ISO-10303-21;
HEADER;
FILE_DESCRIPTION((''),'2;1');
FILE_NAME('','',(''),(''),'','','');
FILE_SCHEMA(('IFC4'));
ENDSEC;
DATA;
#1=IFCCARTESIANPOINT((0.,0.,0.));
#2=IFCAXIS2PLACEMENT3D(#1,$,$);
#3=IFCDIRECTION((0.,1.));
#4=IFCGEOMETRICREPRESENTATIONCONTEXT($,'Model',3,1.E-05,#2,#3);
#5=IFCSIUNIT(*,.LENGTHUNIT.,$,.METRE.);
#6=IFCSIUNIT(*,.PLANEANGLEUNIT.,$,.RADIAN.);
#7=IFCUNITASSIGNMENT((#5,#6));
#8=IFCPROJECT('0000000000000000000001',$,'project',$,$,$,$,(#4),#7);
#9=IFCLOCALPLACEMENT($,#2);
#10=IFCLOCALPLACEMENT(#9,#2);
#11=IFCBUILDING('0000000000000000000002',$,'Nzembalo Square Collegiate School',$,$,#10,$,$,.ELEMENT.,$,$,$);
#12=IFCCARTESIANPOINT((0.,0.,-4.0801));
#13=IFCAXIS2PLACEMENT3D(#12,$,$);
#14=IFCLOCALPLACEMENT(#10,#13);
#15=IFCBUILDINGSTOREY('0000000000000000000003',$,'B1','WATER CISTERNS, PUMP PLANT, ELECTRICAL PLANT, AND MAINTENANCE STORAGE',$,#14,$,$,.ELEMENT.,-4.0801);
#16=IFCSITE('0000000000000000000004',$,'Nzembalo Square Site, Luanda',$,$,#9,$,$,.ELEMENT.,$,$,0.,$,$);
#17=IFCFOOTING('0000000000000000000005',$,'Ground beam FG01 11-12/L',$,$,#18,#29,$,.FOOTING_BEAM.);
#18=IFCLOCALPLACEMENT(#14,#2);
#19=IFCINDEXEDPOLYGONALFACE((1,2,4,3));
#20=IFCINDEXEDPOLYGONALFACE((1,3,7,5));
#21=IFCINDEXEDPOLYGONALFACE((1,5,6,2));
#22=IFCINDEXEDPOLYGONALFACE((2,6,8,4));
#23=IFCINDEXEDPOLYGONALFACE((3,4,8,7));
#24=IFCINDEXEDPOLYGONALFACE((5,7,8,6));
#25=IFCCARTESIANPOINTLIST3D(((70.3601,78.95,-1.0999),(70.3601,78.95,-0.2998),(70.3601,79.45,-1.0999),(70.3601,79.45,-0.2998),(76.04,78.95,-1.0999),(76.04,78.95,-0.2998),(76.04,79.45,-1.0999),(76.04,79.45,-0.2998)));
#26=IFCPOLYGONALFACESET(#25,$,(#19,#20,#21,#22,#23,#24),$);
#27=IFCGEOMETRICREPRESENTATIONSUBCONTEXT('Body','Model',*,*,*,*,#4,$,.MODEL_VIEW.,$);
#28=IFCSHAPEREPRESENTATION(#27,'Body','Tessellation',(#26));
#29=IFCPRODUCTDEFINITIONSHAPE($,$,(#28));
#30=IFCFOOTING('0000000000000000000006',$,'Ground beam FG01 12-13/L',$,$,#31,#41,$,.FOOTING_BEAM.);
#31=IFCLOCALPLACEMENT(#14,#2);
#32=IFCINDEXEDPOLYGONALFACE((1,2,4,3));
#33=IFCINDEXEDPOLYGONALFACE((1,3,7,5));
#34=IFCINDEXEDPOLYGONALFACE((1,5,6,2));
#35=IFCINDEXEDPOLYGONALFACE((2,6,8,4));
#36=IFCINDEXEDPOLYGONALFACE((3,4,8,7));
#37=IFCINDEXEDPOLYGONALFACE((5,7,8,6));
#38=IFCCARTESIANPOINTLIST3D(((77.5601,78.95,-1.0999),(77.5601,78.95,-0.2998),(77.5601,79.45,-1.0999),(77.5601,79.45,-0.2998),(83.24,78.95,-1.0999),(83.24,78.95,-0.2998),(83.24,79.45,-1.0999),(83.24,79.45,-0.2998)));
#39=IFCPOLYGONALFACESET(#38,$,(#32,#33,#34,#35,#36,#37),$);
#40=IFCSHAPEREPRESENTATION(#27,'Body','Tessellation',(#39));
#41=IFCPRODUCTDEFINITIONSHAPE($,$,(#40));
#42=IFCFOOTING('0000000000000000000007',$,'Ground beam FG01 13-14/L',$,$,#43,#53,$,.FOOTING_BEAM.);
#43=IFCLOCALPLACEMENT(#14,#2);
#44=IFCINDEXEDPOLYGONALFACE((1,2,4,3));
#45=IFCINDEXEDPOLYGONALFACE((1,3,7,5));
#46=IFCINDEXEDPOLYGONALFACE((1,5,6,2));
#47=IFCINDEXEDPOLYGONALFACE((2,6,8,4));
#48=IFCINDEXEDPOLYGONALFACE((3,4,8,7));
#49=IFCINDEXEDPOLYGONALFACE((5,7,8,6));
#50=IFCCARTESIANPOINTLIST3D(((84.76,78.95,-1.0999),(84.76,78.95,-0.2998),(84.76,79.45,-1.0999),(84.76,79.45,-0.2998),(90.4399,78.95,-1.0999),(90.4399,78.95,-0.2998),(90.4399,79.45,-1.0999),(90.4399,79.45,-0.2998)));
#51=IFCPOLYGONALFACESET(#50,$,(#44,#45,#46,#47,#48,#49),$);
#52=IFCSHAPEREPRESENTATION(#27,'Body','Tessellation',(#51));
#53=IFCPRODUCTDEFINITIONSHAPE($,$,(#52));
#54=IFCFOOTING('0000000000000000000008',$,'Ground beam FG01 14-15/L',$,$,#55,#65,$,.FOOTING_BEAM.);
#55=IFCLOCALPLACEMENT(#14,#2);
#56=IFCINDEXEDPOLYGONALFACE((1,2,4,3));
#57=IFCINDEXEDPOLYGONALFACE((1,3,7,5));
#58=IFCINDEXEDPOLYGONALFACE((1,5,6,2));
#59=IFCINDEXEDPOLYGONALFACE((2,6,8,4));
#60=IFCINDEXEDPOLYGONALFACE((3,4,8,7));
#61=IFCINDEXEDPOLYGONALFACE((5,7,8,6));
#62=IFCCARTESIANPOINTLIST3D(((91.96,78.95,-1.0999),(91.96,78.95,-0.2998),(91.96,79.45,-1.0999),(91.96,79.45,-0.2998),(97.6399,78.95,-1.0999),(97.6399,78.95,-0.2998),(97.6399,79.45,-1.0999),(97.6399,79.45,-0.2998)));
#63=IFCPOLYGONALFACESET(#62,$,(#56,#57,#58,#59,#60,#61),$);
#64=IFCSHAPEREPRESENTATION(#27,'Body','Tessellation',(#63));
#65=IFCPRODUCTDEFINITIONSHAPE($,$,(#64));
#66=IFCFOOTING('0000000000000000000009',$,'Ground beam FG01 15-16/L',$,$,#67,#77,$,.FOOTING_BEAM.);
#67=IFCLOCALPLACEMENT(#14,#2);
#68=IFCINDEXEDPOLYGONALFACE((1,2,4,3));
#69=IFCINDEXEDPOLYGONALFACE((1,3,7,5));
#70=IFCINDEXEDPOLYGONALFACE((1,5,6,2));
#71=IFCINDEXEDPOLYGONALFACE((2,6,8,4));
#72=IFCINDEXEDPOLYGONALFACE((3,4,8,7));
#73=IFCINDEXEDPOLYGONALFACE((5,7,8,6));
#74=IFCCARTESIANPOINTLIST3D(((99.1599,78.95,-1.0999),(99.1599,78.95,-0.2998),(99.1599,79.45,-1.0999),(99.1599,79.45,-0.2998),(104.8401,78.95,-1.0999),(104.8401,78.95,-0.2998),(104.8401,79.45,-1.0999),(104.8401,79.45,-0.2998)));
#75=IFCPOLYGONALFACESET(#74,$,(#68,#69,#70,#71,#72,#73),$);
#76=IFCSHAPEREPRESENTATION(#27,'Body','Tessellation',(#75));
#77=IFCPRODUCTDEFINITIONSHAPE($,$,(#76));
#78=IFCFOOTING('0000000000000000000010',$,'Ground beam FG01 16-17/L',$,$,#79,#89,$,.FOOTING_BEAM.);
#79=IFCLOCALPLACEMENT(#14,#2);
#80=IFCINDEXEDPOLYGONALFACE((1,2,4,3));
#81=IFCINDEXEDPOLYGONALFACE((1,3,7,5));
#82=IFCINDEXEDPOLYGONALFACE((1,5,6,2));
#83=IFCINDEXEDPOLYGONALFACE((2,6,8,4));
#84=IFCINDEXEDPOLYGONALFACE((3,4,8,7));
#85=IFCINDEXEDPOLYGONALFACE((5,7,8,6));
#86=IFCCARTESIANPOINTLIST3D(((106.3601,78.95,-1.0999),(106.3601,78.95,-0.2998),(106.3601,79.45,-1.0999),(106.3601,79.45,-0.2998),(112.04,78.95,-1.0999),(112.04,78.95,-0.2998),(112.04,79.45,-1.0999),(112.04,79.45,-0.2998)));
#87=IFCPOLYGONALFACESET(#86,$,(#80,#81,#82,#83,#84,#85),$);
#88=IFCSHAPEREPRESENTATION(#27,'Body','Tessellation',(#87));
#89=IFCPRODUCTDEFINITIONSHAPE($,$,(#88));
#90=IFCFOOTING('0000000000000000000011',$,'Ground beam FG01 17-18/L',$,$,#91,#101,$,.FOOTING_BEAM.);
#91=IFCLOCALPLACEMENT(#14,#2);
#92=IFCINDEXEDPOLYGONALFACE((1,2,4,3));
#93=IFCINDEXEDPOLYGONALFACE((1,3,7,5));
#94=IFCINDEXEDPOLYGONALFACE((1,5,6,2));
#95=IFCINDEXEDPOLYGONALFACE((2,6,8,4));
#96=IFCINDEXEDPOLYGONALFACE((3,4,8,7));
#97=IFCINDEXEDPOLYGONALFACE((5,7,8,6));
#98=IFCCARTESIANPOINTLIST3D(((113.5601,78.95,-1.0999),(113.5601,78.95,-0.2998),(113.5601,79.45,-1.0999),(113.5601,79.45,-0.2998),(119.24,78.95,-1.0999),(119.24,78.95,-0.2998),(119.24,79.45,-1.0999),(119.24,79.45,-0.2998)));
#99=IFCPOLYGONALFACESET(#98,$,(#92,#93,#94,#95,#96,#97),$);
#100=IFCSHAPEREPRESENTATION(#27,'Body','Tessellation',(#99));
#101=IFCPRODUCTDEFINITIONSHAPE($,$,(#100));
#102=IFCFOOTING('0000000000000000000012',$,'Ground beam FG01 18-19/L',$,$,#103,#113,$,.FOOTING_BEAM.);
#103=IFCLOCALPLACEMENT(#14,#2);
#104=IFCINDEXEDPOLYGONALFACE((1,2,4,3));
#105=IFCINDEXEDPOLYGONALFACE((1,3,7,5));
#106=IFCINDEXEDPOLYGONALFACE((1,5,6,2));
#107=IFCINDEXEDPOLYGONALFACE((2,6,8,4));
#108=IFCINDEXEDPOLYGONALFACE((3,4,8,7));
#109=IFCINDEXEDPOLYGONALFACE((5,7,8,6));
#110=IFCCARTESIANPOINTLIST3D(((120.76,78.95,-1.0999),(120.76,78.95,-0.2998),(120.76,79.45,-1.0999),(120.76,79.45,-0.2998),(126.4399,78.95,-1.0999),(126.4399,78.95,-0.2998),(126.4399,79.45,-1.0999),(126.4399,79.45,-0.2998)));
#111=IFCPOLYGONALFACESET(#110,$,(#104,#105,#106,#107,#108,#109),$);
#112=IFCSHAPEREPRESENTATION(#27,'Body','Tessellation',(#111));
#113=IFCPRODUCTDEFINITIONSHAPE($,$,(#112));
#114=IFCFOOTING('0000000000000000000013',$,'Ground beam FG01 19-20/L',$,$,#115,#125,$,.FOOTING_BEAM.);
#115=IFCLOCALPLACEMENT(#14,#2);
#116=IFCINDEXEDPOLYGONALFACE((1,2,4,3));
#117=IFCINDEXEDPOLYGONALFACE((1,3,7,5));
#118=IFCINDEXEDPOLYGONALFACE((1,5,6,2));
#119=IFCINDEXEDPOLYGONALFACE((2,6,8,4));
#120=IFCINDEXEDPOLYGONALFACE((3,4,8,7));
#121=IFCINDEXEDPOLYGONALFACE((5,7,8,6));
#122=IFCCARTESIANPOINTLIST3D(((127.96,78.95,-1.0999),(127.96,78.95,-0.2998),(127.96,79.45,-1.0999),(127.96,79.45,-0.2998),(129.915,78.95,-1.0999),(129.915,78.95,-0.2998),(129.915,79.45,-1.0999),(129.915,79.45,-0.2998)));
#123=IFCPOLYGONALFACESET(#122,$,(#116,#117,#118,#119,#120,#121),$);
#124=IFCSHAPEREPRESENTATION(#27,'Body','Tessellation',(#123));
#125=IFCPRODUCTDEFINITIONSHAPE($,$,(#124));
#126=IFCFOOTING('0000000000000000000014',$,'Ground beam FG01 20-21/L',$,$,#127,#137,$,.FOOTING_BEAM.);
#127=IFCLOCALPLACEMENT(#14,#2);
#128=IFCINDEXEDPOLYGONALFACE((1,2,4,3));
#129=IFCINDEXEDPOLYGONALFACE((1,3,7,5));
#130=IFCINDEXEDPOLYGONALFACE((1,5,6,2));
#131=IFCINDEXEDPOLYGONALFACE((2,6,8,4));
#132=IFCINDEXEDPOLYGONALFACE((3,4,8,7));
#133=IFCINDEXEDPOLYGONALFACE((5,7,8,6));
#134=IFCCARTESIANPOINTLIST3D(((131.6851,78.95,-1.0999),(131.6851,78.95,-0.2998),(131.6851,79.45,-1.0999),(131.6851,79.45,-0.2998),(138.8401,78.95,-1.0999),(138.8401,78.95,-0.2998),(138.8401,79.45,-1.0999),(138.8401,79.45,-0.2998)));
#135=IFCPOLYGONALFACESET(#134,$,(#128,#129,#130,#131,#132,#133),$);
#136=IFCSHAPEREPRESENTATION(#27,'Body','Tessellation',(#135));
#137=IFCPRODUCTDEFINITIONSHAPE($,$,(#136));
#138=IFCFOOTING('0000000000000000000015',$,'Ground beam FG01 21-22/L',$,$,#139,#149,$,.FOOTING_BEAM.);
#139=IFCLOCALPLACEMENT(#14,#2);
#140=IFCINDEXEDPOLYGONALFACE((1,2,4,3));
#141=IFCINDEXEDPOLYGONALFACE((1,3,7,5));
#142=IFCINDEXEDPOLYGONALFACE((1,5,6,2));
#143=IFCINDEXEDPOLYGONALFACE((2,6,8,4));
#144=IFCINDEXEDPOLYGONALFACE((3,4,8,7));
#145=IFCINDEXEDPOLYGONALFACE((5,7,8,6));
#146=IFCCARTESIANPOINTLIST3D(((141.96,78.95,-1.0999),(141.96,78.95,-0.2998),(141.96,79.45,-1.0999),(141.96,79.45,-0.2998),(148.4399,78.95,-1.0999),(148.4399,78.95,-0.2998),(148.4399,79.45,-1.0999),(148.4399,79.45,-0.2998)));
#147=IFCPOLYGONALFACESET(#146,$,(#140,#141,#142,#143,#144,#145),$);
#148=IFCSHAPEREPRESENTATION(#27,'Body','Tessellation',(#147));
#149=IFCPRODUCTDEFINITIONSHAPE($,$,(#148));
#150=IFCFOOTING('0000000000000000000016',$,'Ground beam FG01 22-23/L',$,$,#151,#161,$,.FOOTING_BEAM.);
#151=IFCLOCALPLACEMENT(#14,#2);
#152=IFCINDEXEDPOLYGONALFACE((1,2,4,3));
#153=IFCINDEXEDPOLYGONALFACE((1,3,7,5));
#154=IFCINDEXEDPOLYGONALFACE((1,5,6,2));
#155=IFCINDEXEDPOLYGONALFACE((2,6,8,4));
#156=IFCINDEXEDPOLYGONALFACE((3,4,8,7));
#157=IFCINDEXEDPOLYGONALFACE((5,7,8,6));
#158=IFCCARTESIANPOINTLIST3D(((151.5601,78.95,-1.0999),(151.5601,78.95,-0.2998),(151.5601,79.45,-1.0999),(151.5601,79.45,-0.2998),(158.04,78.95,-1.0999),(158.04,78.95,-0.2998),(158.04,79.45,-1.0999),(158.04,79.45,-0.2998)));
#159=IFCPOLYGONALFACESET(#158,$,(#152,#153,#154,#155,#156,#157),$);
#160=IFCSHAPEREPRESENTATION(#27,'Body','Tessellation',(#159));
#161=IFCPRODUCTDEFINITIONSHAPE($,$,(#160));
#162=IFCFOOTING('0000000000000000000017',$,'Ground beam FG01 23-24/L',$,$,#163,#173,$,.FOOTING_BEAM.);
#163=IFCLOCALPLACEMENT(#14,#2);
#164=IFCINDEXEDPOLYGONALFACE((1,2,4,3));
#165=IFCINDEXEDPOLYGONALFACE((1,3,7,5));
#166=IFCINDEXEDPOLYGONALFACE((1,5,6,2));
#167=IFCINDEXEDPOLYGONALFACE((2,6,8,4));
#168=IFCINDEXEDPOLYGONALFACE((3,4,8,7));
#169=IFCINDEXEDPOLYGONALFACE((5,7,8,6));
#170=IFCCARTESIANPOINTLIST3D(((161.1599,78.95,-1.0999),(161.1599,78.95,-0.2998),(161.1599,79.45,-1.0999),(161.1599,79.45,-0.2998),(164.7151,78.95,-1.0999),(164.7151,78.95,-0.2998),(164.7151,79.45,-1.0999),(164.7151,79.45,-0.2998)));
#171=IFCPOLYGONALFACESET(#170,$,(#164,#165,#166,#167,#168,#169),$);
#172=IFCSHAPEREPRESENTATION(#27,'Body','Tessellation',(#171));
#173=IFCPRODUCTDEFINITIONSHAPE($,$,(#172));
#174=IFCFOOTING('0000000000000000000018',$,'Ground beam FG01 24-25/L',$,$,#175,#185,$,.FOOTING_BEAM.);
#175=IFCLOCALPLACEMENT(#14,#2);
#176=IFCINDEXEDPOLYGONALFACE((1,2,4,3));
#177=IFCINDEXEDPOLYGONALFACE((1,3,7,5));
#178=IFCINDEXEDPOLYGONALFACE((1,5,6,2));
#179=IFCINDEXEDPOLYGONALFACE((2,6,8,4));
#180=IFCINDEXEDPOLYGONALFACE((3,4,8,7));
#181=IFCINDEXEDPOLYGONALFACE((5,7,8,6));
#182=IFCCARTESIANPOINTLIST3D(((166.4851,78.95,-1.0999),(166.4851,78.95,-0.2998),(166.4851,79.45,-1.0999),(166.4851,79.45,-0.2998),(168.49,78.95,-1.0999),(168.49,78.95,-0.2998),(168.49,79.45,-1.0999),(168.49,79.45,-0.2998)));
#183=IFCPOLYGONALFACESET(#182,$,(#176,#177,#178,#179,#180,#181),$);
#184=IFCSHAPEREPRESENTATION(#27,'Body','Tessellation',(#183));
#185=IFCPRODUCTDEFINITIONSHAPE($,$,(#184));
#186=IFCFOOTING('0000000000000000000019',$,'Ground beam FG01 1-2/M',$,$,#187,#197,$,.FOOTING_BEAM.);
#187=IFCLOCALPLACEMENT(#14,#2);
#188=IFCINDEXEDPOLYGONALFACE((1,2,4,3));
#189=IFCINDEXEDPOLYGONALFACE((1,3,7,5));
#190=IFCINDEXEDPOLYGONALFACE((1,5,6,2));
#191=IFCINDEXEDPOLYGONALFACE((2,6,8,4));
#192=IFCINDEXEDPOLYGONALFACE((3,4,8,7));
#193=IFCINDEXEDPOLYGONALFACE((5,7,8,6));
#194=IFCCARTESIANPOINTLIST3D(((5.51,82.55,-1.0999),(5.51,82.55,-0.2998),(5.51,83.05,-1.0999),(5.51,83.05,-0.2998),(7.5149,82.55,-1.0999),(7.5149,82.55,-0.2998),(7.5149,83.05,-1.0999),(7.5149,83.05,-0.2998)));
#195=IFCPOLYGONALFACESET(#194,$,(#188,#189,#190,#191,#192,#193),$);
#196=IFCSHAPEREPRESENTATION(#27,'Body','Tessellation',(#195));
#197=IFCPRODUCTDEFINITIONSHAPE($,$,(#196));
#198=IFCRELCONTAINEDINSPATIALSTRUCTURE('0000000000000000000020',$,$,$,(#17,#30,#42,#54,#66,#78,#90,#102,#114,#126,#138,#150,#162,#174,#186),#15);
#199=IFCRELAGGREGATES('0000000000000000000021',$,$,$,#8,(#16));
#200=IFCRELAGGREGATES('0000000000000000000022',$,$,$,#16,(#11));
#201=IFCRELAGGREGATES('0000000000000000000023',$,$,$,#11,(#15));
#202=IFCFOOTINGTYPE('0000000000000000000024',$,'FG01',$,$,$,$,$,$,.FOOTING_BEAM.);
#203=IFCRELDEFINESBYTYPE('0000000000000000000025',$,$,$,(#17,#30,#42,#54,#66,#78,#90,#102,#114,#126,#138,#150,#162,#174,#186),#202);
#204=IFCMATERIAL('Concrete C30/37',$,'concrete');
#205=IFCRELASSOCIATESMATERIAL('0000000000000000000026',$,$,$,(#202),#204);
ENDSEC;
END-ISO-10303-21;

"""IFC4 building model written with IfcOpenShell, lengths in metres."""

from ifc_helpers import new_model, si_unit, direction, frame, origin, place, context, subcontext, project, spatial, polyline, outline, extrude, material, type_object, element, save


model = new_model("IFC4")

# Units and contexts
model_context = context("Model", 3, precision=1e-05, world=origin(), true_north=direction((0.0, 1.0)))
body_context = subcontext(model_context, "Body", "Model", "MODEL_VIEW")
ifc_project = project(units=[si_unit("LENGTHUNIT", "METRE"), si_unit("PLANEANGLEUNIT", "RADIAN")], contexts=[model_context])

# Site, building, storey
site_placement = place(None, origin())
site = spatial("IfcSite", under=ifc_project, at=site_placement, Name="Nzembalo Square Site, Luanda", CompositionType="ELEMENT", RefElevation=0.0)
building_placement = place(site_placement, origin())
building = spatial("IfcBuilding", under=site, at=building_placement, Name="Nzembalo Square Collegiate School", CompositionType="ELEMENT")
storey_placement = place(building_placement, frame((0.0, 0.0, -4.0801)))
storey = spatial("IfcBuildingStorey", under=building, at=storey_placement, Name="B1", Description="WATER CISTERNS, PUMP PLANT, ELECTRICAL PLANT, AND MAINTENANCE STORAGE", CompositionType="ELEMENT", Elevation=-4.0801)

# Footings
ifc_material = material(Name="Concrete C30/37", Category="concrete")
footing_type = type_object("IfcFootingType", Name="FG01", PredefinedType="FOOTING_BEAM", material=ifc_material)
footing_1_placement = place(storey_placement, frame((0.0, 0.0, -1.0999)))
element("IfcFooting", 1, at=footing_1_placement, inside=storey, type_object=footing_type, Name="Ground beam FG01 11-12/L", PredefinedType="FOOTING_BEAM", context=body_context, shape_type="SweptSolid", body=[
    extrude(outline(polyline([(70.3601, 78.95), (76.04, 78.95), (76.04, 79.45), (70.3601, 79.45), (70.3601, 78.95)])), origin(), (0.0, 0.0, 1.0), 0.8),
])
footing_2_placement = place(storey_placement, frame((0.0, 0.0, -1.0999)))
element("IfcFooting", 2, at=footing_2_placement, inside=storey, type_object=footing_type, Name="Ground beam FG01 12-13/L", PredefinedType="FOOTING_BEAM", context=body_context, shape_type="SweptSolid", body=[
    extrude(outline(polyline([(77.5601, 78.95), (83.24, 78.95), (83.24, 79.45), (77.5601, 79.45), (77.5601, 78.95)])), origin(), (0.0, 0.0, 1.0), 0.8),
])
footing_3_placement = place(storey_placement, frame((0.0, 0.0, -1.0999)))
element("IfcFooting", 3, at=footing_3_placement, inside=storey, type_object=footing_type, Name="Ground beam FG01 13-14/L", PredefinedType="FOOTING_BEAM", context=body_context, shape_type="SweptSolid", body=[
    extrude(outline(polyline([(84.76, 78.95), (90.4399, 78.95), (90.4399, 79.45), (84.76, 79.45), (84.76, 78.95)])), origin(), (0.0, 0.0, 1.0), 0.8),
])
footing_4_placement = place(storey_placement, frame((0.0, 0.0, -1.0999)))
element("IfcFooting", 4, at=footing_4_placement, inside=storey, type_object=footing_type, Name="Ground beam FG01 14-15/L", PredefinedType="FOOTING_BEAM", context=body_context, shape_type="SweptSolid", body=[
    extrude(outline(polyline([(91.96, 78.95), (97.6399, 78.95), (97.6399, 79.45), (91.96, 79.45), (91.96, 78.95)])), origin(), (0.0, 0.0, 1.0), 0.8),
])
footing_5_placement = place(storey_placement, frame((0.0, 0.0, -1.0999)))
element("IfcFooting", 5, at=footing_5_placement, inside=storey, type_object=footing_type, Name="Ground beam FG01 15-16/L", PredefinedType="FOOTING_BEAM", context=body_context, shape_type="SweptSolid", body=[
    extrude(outline(polyline([(99.1599, 78.95), (104.8401, 78.95), (104.8401, 79.45), (99.1599, 79.45), (99.1599, 78.95)])), origin(), (0.0, 0.0, 1.0), 0.8),
])
footing_6_placement = place(storey_placement, frame((0.0, 0.0, -1.0999)))
element("IfcFooting", 6, at=footing_6_placement, inside=storey, type_object=footing_type, Name="Ground beam FG01 16-17/L", PredefinedType="FOOTING_BEAM", context=body_context, shape_type="SweptSolid", body=[
    extrude(outline(polyline([(106.3601, 78.95), (112.04, 78.95), (112.04, 79.45), (106.3601, 79.45), (106.3601, 78.95)])), origin(), (0.0, 0.0, 1.0), 0.8),
])
footing_7_placement = place(storey_placement, frame((0.0, 0.0, -1.0999)))
element("IfcFooting", 7, at=footing_7_placement, inside=storey, type_object=footing_type, Name="Ground beam FG01 17-18/L", PredefinedType="FOOTING_BEAM", context=body_context, shape_type="SweptSolid", body=[
    extrude(outline(polyline([(113.5601, 78.95), (119.24, 78.95), (119.24, 79.45), (113.5601, 79.45), (113.5601, 78.95)])), origin(), (0.0, 0.0, 1.0), 0.8),
])
footing_8_placement = place(storey_placement, frame((0.0, 0.0, -1.0999)))
element("IfcFooting", 8, at=footing_8_placement, inside=storey, type_object=footing_type, Name="Ground beam FG01 18-19/L", PredefinedType="FOOTING_BEAM", context=body_context, shape_type="SweptSolid", body=[
    extrude(outline(polyline([(120.76, 78.95), (126.4399, 78.95), (126.4399, 79.45), (120.76, 79.45), (120.76, 78.95)])), origin(), (0.0, 0.0, 1.0), 0.8),
])
footing_9_placement = place(storey_placement, frame((0.0, 0.0, -1.0999)))
element("IfcFooting", 9, at=footing_9_placement, inside=storey, type_object=footing_type, Name="Ground beam FG01 19-20/L", PredefinedType="FOOTING_BEAM", context=body_context, shape_type="SweptSolid", body=[
    extrude(outline(polyline([(127.96, 78.95), (129.915, 78.95), (129.915, 79.45), (127.96, 79.45), (127.96, 78.95)])), origin(), (0.0, 0.0, 1.0), 0.8),
])
footing_10_placement = place(storey_placement, frame((0.0, 0.0, -1.0999)))
element("IfcFooting", 10, at=footing_10_placement, inside=storey, type_object=footing_type, Name="Ground beam FG01 20-21/L", PredefinedType="FOOTING_BEAM", context=body_context, shape_type="SweptSolid", body=[
    extrude(outline(polyline([(131.6851, 78.95), (138.8401, 78.95), (138.8401, 79.45), (131.6851, 79.45), (131.6851, 78.95)])), origin(), (0.0, 0.0, 1.0), 0.8),
])
footing_11_placement = place(storey_placement, frame((0.0, 0.0, -1.0999)))
element("IfcFooting", 11, at=footing_11_placement, inside=storey, type_object=footing_type, Name="Ground beam FG01 21-22/L", PredefinedType="FOOTING_BEAM", context=body_context, shape_type="SweptSolid", body=[
    extrude(outline(polyline([(141.96, 78.95), (148.4399, 78.95), (148.4399, 79.45), (141.96, 79.45), (141.96, 78.95)])), origin(), (0.0, 0.0, 1.0), 0.8),
])
footing_12_placement = place(storey_placement, frame((0.0, 0.0, -1.0999)))
element("IfcFooting", 12, at=footing_12_placement, inside=storey, type_object=footing_type, Name="Ground beam FG01 22-23/L", PredefinedType="FOOTING_BEAM", context=body_context, shape_type="SweptSolid", body=[
    extrude(outline(polyline([(151.5601, 78.95), (158.04, 78.95), (158.04, 79.45), (151.5601, 79.45), (151.5601, 78.95)])), origin(), (0.0, 0.0, 1.0), 0.8),
])
footing_13_placement = place(storey_placement, frame((0.0, 0.0, -1.0999)))
element("IfcFooting", 13, at=footing_13_placement, inside=storey, type_object=footing_type, Name="Ground beam FG01 23-24/L", PredefinedType="FOOTING_BEAM", context=body_context, shape_type="SweptSolid", body=[
    extrude(outline(polyline([(161.1599, 78.95), (164.7151, 78.95), (164.7151, 79.45), (161.1599, 79.45), (161.1599, 78.95)])), origin(), (0.0, 0.0, 1.0), 0.8),
])
footing_14_placement = place(storey_placement, frame((0.0, 0.0, -1.0999)))
element("IfcFooting", 14, at=footing_14_placement, inside=storey, type_object=footing_type, Name="Ground beam FG01 24-25/L", PredefinedType="FOOTING_BEAM", context=body_context, shape_type="SweptSolid", body=[
    extrude(outline(polyline([(166.4851, 78.95), (168.49, 78.95), (168.49, 79.45), (166.4851, 79.45), (166.4851, 78.95)])), origin(), (0.0, 0.0, 1.0), 0.8),
])
footing_15_placement = place(storey_placement, frame((0.0, 0.0, -1.0999)))
element("IfcFooting", 15, at=footing_15_placement, inside=storey, type_object=footing_type, Name="Ground beam FG01 1-2/M", PredefinedType="FOOTING_BEAM", context=body_context, shape_type="SweptSolid", body=[
    extrude(outline(polyline([(5.51, 82.55), (7.5149, 82.55), (7.5149, 83.05), (5.51, 83.05), (5.51, 82.55)])), origin(), (0.0, 0.0, 1.0), 0.8),
])

save(model, "model.ifc")
